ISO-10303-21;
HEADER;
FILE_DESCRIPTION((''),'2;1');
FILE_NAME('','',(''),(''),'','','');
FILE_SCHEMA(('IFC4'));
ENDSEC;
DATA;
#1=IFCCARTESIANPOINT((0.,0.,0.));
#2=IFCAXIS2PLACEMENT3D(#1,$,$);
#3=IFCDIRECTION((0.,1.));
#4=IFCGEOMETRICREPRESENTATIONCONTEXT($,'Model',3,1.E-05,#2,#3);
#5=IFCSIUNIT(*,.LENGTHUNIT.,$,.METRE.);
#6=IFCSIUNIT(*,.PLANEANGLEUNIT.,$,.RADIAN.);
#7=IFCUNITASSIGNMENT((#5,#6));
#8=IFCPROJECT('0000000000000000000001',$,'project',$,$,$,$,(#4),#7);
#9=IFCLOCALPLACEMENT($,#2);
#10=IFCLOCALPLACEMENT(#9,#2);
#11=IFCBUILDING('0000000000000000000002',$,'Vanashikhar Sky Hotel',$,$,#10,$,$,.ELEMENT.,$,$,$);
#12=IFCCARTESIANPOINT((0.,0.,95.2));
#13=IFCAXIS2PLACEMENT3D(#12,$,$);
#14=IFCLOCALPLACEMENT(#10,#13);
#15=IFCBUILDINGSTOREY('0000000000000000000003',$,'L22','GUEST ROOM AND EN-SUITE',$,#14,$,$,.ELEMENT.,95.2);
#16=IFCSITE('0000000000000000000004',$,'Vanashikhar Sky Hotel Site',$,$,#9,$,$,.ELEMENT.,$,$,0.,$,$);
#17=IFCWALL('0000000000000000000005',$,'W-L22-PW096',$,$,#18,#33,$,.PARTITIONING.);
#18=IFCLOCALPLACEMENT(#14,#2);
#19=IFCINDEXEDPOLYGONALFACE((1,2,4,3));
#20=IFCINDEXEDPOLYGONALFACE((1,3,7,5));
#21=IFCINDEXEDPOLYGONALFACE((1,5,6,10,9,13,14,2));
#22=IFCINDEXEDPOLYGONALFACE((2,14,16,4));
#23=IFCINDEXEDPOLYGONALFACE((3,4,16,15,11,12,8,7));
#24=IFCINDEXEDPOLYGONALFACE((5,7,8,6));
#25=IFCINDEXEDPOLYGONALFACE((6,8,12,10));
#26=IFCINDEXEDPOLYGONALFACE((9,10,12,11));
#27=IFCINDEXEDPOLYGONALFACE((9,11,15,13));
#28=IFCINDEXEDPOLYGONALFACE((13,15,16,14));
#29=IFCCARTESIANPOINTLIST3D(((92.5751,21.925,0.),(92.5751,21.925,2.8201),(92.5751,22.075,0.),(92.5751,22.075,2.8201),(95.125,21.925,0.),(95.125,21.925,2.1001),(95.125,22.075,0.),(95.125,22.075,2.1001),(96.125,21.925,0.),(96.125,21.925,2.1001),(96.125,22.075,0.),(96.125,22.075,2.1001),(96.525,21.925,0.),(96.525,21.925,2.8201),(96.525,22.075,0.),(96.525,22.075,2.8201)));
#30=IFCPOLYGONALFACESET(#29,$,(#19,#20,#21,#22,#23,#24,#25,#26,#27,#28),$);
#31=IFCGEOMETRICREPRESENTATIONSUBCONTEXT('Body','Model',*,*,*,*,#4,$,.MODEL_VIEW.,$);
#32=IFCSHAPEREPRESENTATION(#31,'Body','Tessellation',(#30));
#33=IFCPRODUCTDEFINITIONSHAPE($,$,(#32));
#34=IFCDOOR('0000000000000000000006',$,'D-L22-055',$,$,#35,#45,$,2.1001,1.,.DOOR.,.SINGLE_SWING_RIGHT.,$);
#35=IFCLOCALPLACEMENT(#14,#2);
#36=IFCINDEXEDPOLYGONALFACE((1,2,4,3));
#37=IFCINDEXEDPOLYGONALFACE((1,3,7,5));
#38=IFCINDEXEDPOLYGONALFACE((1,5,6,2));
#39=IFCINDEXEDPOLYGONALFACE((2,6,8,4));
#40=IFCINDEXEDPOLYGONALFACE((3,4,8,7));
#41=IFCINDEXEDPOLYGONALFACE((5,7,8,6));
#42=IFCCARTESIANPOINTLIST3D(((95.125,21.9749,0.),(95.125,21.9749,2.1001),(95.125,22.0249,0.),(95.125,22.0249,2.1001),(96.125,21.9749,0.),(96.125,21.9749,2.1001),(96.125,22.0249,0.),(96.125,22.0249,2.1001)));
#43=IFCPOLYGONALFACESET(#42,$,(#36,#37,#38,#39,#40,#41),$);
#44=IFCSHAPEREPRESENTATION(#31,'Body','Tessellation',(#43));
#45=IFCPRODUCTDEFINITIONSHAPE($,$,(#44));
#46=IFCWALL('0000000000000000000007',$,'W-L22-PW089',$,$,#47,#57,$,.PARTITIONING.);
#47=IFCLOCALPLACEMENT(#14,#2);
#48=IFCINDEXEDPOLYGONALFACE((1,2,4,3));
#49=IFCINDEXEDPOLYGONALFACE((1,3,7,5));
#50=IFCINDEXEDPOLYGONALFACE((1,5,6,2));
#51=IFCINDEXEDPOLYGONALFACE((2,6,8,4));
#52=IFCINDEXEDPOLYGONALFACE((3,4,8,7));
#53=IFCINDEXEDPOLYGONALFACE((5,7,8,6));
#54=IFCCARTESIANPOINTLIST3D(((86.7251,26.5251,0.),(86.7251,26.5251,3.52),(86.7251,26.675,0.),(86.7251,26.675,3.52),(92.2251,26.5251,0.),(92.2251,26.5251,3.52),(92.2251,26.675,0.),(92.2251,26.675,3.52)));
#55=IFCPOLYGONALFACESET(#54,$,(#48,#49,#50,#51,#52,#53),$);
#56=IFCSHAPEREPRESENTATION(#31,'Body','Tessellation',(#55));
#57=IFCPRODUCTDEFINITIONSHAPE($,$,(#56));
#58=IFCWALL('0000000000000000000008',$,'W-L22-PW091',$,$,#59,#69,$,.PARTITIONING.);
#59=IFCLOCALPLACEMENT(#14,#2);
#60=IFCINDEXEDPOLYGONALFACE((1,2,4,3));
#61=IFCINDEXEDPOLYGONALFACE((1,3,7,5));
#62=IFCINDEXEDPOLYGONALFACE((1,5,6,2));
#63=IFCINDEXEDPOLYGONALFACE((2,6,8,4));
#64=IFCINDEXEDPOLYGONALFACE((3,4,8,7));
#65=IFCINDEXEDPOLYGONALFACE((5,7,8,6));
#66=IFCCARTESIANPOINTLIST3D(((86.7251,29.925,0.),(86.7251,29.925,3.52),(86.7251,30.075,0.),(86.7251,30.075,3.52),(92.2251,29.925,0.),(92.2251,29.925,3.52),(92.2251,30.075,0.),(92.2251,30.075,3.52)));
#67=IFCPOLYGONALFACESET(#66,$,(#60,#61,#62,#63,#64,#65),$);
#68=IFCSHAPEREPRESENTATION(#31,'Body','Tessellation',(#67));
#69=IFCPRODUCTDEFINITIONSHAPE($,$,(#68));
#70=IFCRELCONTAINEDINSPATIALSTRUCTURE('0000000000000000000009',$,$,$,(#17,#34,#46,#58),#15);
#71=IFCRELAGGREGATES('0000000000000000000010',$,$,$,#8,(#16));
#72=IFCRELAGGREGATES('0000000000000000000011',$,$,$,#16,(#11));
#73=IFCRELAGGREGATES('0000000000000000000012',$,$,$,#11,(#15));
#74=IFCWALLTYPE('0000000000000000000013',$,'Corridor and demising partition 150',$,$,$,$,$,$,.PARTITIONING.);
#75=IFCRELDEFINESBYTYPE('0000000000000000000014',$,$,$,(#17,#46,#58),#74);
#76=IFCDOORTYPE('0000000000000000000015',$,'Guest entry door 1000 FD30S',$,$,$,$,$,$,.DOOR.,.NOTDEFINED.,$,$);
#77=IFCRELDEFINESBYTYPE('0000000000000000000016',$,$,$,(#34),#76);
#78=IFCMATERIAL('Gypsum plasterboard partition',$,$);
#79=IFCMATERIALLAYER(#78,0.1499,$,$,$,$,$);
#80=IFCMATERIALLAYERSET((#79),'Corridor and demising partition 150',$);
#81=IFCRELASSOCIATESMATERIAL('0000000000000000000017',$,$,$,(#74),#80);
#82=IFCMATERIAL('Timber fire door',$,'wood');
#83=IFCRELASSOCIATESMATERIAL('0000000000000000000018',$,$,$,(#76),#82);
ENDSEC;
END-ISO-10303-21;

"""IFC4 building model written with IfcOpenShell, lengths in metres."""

from ifc_helpers import new_model, si_unit, direction, frame, frame_2d, origin, place, context, subcontext, project, spatial, rectangle, extrude, source, transform, mapped, material, layer, layer_set, type_object, element, fill, save


model = new_model("IFC4")

# Units and contexts
model_context = context("Model", 3, precision=1e-05, world=origin(), true_north=direction((0.0, 1.0)))
body_context = subcontext(model_context, "Body", "Model", "MODEL_VIEW")
ifc_project = project(units=[si_unit("LENGTHUNIT", "METRE"), si_unit("PLANEANGLEUNIT", "RADIAN")], contexts=[model_context])

# Site, building, storey
site_placement = place(None, origin())
site = spatial("IfcSite", under=ifc_project, at=site_placement, Name="Vanashikhar Sky Hotel Site", CompositionType="ELEMENT", RefElevation=0.0)
building_placement = place(site_placement, origin())
building = spatial("IfcBuilding", under=site, at=building_placement, Name="Vanashikhar Sky Hotel", CompositionType="ELEMENT")
storey_placement = place(building_placement, frame((0.0, 0.0, 95.2)))
storey = spatial("IfcBuildingStorey", under=building, at=storey_placement, Name="L22", Description="GUEST ROOM AND EN-SUITE", CompositionType="ELEMENT", Elevation=95.2)

# Shared definitions
ifc_material_1 = material(Name="Gypsum plasterboard partition")
ifc_layer_1 = layer(ifc_material_1, 0.1499)
ifc_layer_set_1 = layer_set([ifc_layer_1], Name="Corridor and demising partition 150")
wall_type_1 = type_object("IfcWallType", Name="Corridor and demising partition 150", PredefinedType="PARTITIONING", material=ifc_layer_set_1)
shared_shape_1 = source(origin(), body_context, "Body", "SweptSolid", [
    extrude(rectangle(XDim=1.0, YDim=2.1001, at=frame_2d((0.5, 1.05))), frame((0.0, 0.085, 0.0), z_axis=(0.0, -1.0, 0.0), x_axis=(1.0, 0.0, 0.0)), (0.0, 0.0, 1.0), 0.1699),
])
ifc_material_2 = material(Name="Timber fire door", Category="wood")
door_type_1 = type_object("IfcDoorType", Name="Guest entry door 1000 FD30S", OperationType="NOTDEFINED", PredefinedType="DOOR", material=ifc_material_2)
shared_shape_2 = source(origin(), body_context, "Body", "SweptSolid", [
    extrude(rectangle(XDim=1.0, YDim=2.1001, at=frame_2d((0.5, 1.05))), frame((0.0, 0.0249, 0.0), z_axis=(0.0, -1.0, 0.0), x_axis=(1.0, 0.0, 0.0)), (0.0, 0.0, 1.0), 0.05),
])

# Wall, opening, door
shared_shape_3 = source(origin(), body_context, "Body", "SweptSolid", [
    extrude(rectangle(XDim=3.95, YDim=0.1499, at=frame_2d((1.9751, 0.0))), origin(), (0.0, 0.0, 1.0), 2.8201),
])
wall_1_placement = place(storey_placement, frame((92.575, 22.0, 0.0), z_axis=(0.0, 0.0, 1.0), x_axis=(1.0, 0.0, 0.0)))
wall_1 = element("IfcWall", 1, at=wall_1_placement, inside=storey, type_object=wall_type_1, Name="W-L22-PW096", PredefinedType="PARTITIONING", context=body_context, shape_type="MappedRepresentation", body=[
    mapped(shared_shape_3, transform((0.0, 0.0, 0.0), scale=1.0)),
])
opening_1_placement = place(wall_1_placement, frame((2.55, 0.0, 0.0)))
opening_1 = element("IfcOpeningElement", 2, at=opening_1_placement, cuts=wall_1, PredefinedType="OPENING", context=body_context, shape_type="MappedRepresentation", body=[
    mapped(shared_shape_1, transform((0.0, 0.0, 0.0), scale=1.0)),
])
door_1_placement = place(opening_1_placement, origin())
door_1 = element("IfcDoor", 3, at=door_1_placement, inside=storey, type_object=door_type_1, Name="D-L22-055", OperationType="SINGLE_SWING_RIGHT", OverallHeight=2.1001, OverallWidth=1.0, PredefinedType="DOOR", context=body_context, shape_type="MappedRepresentation", body=[
    mapped(shared_shape_2, transform((0.0, 0.0, 0.0), scale=1.0)),
])
fill(opening_1, door_1)

# Walls
shared_shape_4 = source(origin(), body_context, "Body", "SweptSolid", [
    extrude(rectangle(XDim=5.5, YDim=0.1499, at=frame_2d((2.75, 0.0))), origin(), (0.0, 0.0, 1.0), 3.52),
])
for number, where, z_axis, x_axis, name in (
    (4, (86.7251, 26.6001, 0.0), (0.0, 0.0, 1.0), (1.0, 0.0, 0.0), "W-L22-PW089"),
    (5, (86.7251, 30.0, 0.0), (0.0, 0.0, 1.0), (1.0, 0.0, 0.0), "W-L22-PW091"),
):
    element("IfcWall", number, at=place(storey_placement, frame(where, z_axis=z_axis, x_axis=x_axis)), inside=storey, type_object=wall_type_1, Name=name, PredefinedType="PARTITIONING", context=body_context, shape_type="MappedRepresentation", body=[
        mapped(shared_shape_4, transform((0.0, 0.0, 0.0), scale=1.0)),
    ])

save(model, "model.ifc")
